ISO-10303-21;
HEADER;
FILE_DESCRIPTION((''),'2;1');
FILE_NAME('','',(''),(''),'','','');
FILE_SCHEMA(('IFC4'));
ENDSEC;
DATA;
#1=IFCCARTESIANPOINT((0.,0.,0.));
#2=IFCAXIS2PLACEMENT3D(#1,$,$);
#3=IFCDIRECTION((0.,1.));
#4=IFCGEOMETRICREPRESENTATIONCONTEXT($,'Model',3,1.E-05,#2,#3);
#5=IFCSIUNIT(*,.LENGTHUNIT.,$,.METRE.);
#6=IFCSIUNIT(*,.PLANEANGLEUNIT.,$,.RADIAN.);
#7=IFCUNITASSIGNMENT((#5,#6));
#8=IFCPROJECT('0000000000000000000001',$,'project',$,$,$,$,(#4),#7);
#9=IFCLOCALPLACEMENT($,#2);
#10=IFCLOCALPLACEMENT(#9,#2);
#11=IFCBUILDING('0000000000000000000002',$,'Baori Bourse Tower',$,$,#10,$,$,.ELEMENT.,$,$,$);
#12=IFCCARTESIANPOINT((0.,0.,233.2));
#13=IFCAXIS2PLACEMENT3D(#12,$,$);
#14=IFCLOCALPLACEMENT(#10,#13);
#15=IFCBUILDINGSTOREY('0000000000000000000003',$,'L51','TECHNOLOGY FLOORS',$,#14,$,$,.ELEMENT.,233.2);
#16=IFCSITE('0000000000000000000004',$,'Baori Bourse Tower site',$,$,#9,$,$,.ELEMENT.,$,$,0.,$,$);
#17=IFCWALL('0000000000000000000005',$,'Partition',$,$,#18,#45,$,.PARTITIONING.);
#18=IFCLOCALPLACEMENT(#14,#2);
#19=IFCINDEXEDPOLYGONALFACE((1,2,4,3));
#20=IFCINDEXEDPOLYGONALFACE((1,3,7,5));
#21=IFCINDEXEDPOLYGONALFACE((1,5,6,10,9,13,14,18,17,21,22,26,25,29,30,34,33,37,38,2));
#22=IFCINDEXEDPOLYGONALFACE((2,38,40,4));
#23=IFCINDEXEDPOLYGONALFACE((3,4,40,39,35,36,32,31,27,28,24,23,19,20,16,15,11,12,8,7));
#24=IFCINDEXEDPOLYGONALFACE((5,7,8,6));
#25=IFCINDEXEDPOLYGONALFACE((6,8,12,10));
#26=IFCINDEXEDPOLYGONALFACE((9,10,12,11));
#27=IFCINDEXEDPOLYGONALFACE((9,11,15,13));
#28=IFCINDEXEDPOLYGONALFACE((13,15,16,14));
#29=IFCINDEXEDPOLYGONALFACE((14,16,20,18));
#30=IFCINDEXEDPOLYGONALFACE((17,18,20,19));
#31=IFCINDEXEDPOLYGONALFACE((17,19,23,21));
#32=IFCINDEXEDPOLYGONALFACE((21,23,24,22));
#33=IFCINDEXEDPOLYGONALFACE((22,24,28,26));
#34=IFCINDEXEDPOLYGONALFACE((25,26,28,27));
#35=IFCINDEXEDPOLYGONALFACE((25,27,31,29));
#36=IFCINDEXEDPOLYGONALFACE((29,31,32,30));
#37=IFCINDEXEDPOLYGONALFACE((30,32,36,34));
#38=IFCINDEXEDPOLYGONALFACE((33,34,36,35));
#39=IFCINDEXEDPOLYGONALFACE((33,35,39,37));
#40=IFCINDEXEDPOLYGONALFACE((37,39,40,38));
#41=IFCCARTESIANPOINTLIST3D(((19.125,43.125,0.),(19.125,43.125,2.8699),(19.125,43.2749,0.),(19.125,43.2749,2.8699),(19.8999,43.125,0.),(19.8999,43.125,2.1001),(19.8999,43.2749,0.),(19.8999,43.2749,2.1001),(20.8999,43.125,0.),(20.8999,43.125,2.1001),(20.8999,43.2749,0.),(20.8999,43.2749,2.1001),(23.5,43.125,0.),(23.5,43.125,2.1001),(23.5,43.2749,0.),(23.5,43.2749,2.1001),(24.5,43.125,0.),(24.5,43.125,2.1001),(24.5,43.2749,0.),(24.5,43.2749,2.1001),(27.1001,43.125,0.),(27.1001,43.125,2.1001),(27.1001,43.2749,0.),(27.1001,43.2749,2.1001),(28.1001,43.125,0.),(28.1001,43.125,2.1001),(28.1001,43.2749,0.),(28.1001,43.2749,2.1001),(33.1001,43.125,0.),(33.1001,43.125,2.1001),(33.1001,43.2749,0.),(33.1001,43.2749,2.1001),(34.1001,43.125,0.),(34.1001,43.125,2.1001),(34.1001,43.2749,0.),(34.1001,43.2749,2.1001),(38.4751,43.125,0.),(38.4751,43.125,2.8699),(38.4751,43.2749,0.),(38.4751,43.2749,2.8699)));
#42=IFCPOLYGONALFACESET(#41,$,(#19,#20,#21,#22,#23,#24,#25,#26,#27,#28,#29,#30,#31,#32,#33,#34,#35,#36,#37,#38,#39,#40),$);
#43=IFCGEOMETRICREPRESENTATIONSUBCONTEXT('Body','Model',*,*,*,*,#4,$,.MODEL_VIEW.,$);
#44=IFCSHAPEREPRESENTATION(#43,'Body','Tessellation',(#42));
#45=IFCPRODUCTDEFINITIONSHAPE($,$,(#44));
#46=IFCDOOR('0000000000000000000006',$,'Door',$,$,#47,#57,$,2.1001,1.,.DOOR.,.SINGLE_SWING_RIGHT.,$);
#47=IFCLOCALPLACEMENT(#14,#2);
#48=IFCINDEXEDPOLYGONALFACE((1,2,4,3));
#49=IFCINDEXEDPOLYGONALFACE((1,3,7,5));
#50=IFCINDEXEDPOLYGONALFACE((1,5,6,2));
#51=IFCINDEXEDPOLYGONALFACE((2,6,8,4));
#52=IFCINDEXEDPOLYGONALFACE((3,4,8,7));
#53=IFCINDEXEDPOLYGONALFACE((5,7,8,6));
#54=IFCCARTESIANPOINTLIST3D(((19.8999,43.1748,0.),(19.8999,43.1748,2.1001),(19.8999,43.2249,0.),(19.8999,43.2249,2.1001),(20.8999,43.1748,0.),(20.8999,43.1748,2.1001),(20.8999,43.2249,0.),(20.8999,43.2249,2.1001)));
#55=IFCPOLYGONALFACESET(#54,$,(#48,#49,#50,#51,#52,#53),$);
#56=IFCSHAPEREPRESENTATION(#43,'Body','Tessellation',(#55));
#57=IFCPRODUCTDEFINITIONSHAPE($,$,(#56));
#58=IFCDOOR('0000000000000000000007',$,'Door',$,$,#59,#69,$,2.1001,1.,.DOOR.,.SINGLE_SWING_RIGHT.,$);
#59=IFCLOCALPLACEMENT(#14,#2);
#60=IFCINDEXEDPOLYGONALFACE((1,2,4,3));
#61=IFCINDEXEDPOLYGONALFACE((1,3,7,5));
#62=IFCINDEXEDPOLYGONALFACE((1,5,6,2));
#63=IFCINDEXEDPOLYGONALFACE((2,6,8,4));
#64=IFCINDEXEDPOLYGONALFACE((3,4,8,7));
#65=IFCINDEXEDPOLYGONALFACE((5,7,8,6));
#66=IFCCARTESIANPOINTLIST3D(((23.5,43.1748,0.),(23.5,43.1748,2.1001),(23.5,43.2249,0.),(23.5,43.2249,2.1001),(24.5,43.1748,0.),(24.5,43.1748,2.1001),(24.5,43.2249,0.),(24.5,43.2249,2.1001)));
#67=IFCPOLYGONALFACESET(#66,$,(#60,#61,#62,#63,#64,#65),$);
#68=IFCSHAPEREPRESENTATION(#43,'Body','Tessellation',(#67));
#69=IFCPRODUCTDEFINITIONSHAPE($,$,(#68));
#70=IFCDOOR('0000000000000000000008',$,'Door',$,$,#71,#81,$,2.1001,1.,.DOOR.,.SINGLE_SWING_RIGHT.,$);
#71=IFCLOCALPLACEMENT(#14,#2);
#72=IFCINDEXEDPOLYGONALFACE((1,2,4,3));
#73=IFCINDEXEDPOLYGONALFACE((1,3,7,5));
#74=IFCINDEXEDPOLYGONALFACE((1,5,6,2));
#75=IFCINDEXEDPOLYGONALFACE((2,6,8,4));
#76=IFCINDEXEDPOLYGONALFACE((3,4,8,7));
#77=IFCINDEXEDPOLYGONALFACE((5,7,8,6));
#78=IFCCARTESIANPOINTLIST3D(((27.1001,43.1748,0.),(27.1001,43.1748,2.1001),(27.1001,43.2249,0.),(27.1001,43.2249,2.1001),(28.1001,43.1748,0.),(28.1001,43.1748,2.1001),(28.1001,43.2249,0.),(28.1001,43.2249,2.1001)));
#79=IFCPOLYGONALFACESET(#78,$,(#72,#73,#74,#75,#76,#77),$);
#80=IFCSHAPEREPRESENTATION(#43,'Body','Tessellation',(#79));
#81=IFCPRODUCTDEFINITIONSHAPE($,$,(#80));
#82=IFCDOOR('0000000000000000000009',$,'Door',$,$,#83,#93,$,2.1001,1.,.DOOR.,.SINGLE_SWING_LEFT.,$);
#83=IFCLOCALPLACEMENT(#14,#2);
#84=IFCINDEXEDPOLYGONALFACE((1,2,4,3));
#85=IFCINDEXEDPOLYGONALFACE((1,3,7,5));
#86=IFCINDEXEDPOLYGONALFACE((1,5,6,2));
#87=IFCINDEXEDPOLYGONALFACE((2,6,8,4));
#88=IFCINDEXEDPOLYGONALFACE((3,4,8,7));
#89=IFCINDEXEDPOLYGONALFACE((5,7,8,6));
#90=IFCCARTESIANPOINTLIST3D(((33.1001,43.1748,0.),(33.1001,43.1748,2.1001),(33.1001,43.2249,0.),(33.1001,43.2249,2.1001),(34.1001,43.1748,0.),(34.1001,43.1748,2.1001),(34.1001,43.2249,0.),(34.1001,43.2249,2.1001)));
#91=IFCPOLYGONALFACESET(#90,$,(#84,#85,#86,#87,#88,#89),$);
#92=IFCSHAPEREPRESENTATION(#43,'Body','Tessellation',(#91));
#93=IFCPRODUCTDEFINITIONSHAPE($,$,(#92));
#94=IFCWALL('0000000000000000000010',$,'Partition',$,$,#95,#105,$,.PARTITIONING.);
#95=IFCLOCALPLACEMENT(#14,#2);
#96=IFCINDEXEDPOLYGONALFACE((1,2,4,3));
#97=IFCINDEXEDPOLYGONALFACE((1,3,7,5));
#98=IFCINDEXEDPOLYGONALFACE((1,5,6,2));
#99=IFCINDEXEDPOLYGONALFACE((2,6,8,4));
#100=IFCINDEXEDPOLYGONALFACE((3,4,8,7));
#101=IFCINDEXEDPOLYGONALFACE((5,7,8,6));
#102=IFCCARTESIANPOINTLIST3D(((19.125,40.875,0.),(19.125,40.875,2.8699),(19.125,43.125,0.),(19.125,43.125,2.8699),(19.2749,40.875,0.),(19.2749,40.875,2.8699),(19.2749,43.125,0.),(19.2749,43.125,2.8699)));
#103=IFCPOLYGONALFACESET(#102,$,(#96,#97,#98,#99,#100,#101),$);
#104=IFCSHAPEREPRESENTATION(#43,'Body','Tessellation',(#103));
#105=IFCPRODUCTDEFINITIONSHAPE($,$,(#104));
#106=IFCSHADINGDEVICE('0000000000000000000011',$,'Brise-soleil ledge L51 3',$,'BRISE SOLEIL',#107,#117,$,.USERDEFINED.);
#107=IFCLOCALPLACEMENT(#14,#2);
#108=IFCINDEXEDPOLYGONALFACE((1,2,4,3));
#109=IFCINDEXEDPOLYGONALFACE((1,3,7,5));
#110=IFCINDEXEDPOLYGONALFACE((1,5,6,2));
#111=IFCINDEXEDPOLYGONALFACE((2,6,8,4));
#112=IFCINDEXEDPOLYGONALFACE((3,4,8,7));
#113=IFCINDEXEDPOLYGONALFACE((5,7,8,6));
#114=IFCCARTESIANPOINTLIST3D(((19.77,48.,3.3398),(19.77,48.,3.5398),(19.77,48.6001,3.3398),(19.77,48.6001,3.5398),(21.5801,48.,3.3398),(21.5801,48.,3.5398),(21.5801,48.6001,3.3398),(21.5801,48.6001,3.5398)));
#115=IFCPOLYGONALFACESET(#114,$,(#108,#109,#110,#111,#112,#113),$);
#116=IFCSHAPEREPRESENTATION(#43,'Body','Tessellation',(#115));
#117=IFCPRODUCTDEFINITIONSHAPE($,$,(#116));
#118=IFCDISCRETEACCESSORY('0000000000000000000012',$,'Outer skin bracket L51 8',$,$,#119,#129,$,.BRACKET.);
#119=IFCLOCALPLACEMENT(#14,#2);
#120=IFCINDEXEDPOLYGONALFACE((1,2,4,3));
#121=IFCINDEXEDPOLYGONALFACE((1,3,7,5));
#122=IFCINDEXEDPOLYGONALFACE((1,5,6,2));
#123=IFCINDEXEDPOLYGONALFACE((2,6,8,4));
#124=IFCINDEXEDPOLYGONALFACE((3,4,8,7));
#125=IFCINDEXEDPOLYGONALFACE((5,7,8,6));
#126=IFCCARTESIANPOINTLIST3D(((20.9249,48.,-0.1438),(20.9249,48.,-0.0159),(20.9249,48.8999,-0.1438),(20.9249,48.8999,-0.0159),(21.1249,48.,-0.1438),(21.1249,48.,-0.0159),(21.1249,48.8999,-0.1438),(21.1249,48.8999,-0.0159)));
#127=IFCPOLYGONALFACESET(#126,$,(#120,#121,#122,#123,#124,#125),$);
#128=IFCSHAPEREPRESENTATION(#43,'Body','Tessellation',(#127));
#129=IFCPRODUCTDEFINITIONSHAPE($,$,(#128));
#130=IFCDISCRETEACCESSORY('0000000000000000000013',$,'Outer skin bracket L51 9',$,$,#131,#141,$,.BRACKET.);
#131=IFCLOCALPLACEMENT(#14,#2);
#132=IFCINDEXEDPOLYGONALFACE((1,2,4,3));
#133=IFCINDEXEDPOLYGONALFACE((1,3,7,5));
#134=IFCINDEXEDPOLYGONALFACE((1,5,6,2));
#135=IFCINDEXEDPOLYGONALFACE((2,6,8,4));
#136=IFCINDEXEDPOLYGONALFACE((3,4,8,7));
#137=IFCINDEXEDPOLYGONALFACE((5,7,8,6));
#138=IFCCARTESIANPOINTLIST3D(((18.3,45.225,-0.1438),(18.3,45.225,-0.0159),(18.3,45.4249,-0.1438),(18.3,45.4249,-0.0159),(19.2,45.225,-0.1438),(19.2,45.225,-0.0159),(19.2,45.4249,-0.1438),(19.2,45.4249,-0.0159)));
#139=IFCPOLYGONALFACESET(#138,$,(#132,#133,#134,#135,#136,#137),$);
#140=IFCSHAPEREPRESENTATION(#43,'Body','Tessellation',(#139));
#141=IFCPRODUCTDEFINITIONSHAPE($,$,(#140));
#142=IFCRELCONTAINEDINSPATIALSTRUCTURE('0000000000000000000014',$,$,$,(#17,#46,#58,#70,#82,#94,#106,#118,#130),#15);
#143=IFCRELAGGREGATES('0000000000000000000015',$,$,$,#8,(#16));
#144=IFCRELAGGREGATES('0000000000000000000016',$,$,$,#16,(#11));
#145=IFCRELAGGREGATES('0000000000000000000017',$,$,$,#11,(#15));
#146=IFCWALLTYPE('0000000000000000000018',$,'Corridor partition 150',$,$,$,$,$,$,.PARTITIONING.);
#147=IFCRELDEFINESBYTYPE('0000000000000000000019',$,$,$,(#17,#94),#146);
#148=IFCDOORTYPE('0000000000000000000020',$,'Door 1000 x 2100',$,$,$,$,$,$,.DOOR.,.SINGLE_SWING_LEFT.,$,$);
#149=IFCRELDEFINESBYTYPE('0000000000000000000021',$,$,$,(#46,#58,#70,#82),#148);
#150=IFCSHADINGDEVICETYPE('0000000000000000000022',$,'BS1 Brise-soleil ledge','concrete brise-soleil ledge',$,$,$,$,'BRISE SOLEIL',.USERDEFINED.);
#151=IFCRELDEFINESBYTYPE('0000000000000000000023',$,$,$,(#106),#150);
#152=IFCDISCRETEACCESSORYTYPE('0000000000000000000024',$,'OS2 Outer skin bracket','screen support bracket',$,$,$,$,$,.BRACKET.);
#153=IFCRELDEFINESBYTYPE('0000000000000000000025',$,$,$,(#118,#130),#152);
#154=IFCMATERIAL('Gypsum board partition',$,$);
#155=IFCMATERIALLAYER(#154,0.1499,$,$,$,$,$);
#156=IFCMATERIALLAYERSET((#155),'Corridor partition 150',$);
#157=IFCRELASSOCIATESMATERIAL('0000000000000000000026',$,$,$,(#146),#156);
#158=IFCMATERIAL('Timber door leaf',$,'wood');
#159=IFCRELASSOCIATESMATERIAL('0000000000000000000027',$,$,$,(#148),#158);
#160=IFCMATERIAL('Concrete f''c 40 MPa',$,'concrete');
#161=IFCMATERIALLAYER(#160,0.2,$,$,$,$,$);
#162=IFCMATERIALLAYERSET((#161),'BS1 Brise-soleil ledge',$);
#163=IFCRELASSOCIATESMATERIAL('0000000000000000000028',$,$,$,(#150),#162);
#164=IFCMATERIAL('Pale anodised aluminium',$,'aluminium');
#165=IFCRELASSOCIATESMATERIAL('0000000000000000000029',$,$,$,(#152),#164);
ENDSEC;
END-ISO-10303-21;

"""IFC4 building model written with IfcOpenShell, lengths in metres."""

from ifc_helpers import new_model, si_unit, direction, frame, frame_2d, origin, origin_2d, place, context, subcontext, project, spatial, rectangle, extrude, material, layer, layer_set, type_object, element, fill, save


model = new_model("IFC4")

# Units and contexts
model_context = context("Model", 3, precision=1e-05, world=origin(), true_north=direction((0.0, 1.0)))
body_context = subcontext(model_context, "Body", "Model", "MODEL_VIEW")
ifc_project = project(units=[si_unit("LENGTHUNIT", "METRE"), si_unit("PLANEANGLEUNIT", "RADIAN")], contexts=[model_context])

# Site, building, storey
site_placement = place(None, origin())
site = spatial("IfcSite", under=ifc_project, at=site_placement, Name="Baori Bourse Tower site", CompositionType="ELEMENT", RefElevation=0.0)
building_placement = place(site_placement, origin())
building = spatial("IfcBuilding", under=site, at=building_placement, Name="Baori Bourse Tower", CompositionType="ELEMENT")
storey_placement = place(building_placement, frame((0.0, 0.0, 233.2)))
storey = spatial("IfcBuildingStorey", under=building, at=storey_placement, Name="L51", Description="TECHNOLOGY FLOORS", CompositionType="ELEMENT", Elevation=233.2)

# Shared definitions
ifc_material_1 = material(Name="Gypsum board partition")
ifc_layer_1 = layer(ifc_material_1, 0.1499)
ifc_layer_set_1 = layer_set([ifc_layer_1], Name="Corridor partition 150")
wall_type_1 = type_object("IfcWallType", Name="Corridor partition 150", PredefinedType="PARTITIONING", material=ifc_layer_set_1)
ifc_material_2 = material(Name="Timber door leaf", Category="wood")
door_type_1 = type_object("IfcDoorType", Name="Door 1000 x 2100", OperationType="SINGLE_SWING_LEFT", PredefinedType="DOOR", material=ifc_material_2)

# Wall, openings, doors
wall_1_placement = place(storey_placement, frame((19.125, 43.2, 0.0), z_axis=(0.0, 0.0, 1.0), x_axis=(1.0, 0.0, 0.0)))
wall_1 = element("IfcWall", 1, at=wall_1_placement, inside=storey, type_object=wall_type_1, Name="Partition", PredefinedType="PARTITIONING", context=body_context, shape_type="SweptSolid", body=[
    extrude(rectangle(XDim=19.3501, YDim=0.1499, at=frame_2d((9.675, 0.0))), origin(), (0.0, 0.0, 1.0), 2.8699),
])
opening_1_placement = place(wall_1_placement, frame((0.7749, 0.0, 0.0)))
opening_1 = element("IfcOpeningElement", 2, at=opening_1_placement, cuts=wall_1, PredefinedType="OPENING", context=body_context, shape_type="SweptSolid", body=[
    extrude(rectangle(XDim=1.0, YDim=2.1001, at=frame_2d((0.5, 1.05))), frame((0.0, 0.085, 0.0), z_axis=(0.0, -1.0, 0.0), x_axis=(1.0, 0.0, 0.0)), (0.0, 0.0, 1.0), 0.1699),
])
opening_2_placement = place(wall_1_placement, frame((4.375, 0.0, 0.0)))
opening_2 = element("IfcOpeningElement", 3, at=opening_2_placement, cuts=wall_1, PredefinedType="OPENING", context=body_context, shape_type="SweptSolid", body=[
    extrude(rectangle(XDim=1.0, YDim=2.1001, at=frame_2d((0.5, 1.05))), frame((0.0, 0.085, 0.0), z_axis=(0.0, -1.0, 0.0), x_axis=(1.0, 0.0, 0.0)), (0.0, 0.0, 1.0), 0.1699),
])
opening_3_placement = place(wall_1_placement, frame((7.9751, 0.0, 0.0)))
opening_3 = element("IfcOpeningElement", 4, at=opening_3_placement, cuts=wall_1, PredefinedType="OPENING", context=body_context, shape_type="SweptSolid", body=[
    extrude(rectangle(XDim=1.0, YDim=2.1001, at=frame_2d((0.5, 1.05))), frame((0.0, 0.085, 0.0), z_axis=(0.0, -1.0, 0.0), x_axis=(1.0, 0.0, 0.0)), (0.0, 0.0, 1.0), 0.1699),
])
opening_4_placement = place(wall_1_placement, frame((13.9751, 0.0, 0.0)))
opening_4 = element("IfcOpeningElement", 5, at=opening_4_placement, cuts=wall_1, PredefinedType="OPENING", context=body_context, shape_type="SweptSolid", body=[
    extrude(rectangle(XDim=1.0, YDim=2.1001, at=frame_2d((0.5, 1.05))), frame((0.0, 0.085, 0.0), z_axis=(0.0, -1.0, 0.0), x_axis=(1.0, 0.0, 0.0)), (0.0, 0.0, 1.0), 0.1699),
])
door_1_placement = place(opening_1_placement, origin())
door_1 = element("IfcDoor", 6, at=door_1_placement, inside=storey, type_object=door_type_1, Name="Door", OperationType="SINGLE_SWING_RIGHT", OverallHeight=2.1001, OverallWidth=1.0, PredefinedType="DOOR", context=body_context, shape_type="SweptSolid", body=[
    extrude(rectangle(XDim=1.0, YDim=2.1001, at=frame_2d((0.5, 1.05))), frame((0.0, 0.0249, 0.0), z_axis=(0.0, -1.0, 0.0), x_axis=(1.0, 0.0, 0.0)), (0.0, 0.0, 1.0), 0.05),
])
fill(opening_1, door_1)
door_2_placement = place(opening_2_placement, origin())
door_2 = element("IfcDoor", 7, at=door_2_placement, inside=storey, type_object=door_type_1, Name="Door", OperationType="SINGLE_SWING_RIGHT", OverallHeight=2.1001, OverallWidth=1.0, PredefinedType="DOOR", context=body_context, shape_type="SweptSolid", body=[
    extrude(rectangle(XDim=1.0, YDim=2.1001, at=frame_2d((0.5, 1.05))), frame((0.0, 0.0249, 0.0), z_axis=(0.0, -1.0, 0.0), x_axis=(1.0, 0.0, 0.0)), (0.0, 0.0, 1.0), 0.05),
])
fill(opening_2, door_2)
door_3_placement = place(opening_3_placement, origin())
door_3 = element("IfcDoor", 8, at=door_3_placement, inside=storey, type_object=door_type_1, Name="Door", OperationType="SINGLE_SWING_RIGHT", OverallHeight=2.1001, OverallWidth=1.0, PredefinedType="DOOR", context=body_context, shape_type="SweptSolid", body=[
    extrude(rectangle(XDim=1.0, YDim=2.1001, at=frame_2d((0.5, 1.05))), frame((0.0, 0.0249, 0.0), z_axis=(0.0, -1.0, 0.0), x_axis=(1.0, 0.0, 0.0)), (0.0, 0.0, 1.0), 0.05),
])
fill(opening_3, door_3)
door_4_placement = place(opening_4_placement, origin())
door_4 = element("IfcDoor", 9, at=door_4_placement, inside=storey, type_object=door_type_1, Name="Door", OperationType="SINGLE_SWING_LEFT", OverallHeight=2.1001, OverallWidth=1.0, PredefinedType="DOOR", context=body_context, shape_type="SweptSolid", body=[
    extrude(rectangle(XDim=1.0, YDim=2.1001, at=frame_2d((0.5, 1.05))), frame((0.0, 0.0249, 0.0), z_axis=(0.0, -1.0, 0.0), x_axis=(1.0, 0.0, 0.0)), (0.0, 0.0, 1.0), 0.05),
])
fill(opening_4, door_4)

# Wall
wall_2_placement = place(storey_placement, frame((19.2, 40.875, 0.0), z_axis=(0.0, 0.0, 1.0), x_axis=(0.0, 1.0, 0.0)))
element("IfcWall", 10, at=wall_2_placement, inside=storey, type_object=wall_type_1, Name="Partition", PredefinedType="PARTITIONING", context=body_context, shape_type="SweptSolid", body=[
    extrude(rectangle(XDim=2.25, YDim=0.1499, at=frame_2d((1.125, 0.0))), origin(), (0.0, 0.0, 1.0), 2.8699),
])

# Shading device
ifc_material_3 = material(Name="Concrete f'c 40 MPa", Category="concrete")
ifc_layer_2 = layer(ifc_material_3, 0.2)
ifc_layer_set_2 = layer_set([ifc_layer_2], Name="BS1 Brise-soleil ledge")
shading_device_type = type_object("IfcShadingDeviceType", Name="BS1 Brise-soleil ledge", Description="concrete brise-soleil ledge", ElementType="BRISE SOLEIL", PredefinedType="USERDEFINED", material=ifc_layer_set_2)
shading_device_placement = place(storey_placement, frame((20.675, 48.3, 3.3398), z_axis=(0.0, 0.0, 1.0), x_axis=(-1.0, 0.0, 0.0)))
element("IfcShadingDevice", 11, at=shading_device_placement, inside=storey, type_object=shading_device_type, Name="Brise-soleil ledge L51 3", ObjectType="BRISE SOLEIL", PredefinedType="USERDEFINED", context=body_context, shape_type="SweptSolid", body=[
    extrude(rectangle(XDim=1.8101, YDim=0.6001, at=origin_2d()), origin(), (0.0, 0.0, 1.0), 0.2),
])

# Discrete accessories
ifc_material_4 = material(Name="Pale anodised aluminium", Category="aluminium")
discrete_accessory_type = type_object("IfcDiscreteAccessoryType", Name="OS2 Outer skin bracket", Description="screen support bracket", PredefinedType="BRACKET", material=ifc_material_4)
for number, where, z_axis, x_axis, name in (
    (12, (21.0249, 48.45, -0.1438), (0.0, 0.0, 1.0), (-1.0, 0.0, 0.0), "Outer skin bracket L51 8"),
    (13, (18.75, 45.325, -0.1438), (0.0, 0.0, 1.0), (0.0, -1.0, 0.0), "Outer skin bracket L51 9"),
):
    element("IfcDiscreteAccessory", number, at=place(storey_placement, frame(where, z_axis=z_axis, x_axis=x_axis)), inside=storey, type_object=discrete_accessory_type, Name=name, PredefinedType="BRACKET", context=body_context, shape_type="SweptSolid", body=[
        extrude(rectangle(XDim=0.2, YDim=0.8999, at=origin_2d()), origin(), (0.0, 0.0, 1.0), 0.1279),
    ])

save(model, "model.ifc")
